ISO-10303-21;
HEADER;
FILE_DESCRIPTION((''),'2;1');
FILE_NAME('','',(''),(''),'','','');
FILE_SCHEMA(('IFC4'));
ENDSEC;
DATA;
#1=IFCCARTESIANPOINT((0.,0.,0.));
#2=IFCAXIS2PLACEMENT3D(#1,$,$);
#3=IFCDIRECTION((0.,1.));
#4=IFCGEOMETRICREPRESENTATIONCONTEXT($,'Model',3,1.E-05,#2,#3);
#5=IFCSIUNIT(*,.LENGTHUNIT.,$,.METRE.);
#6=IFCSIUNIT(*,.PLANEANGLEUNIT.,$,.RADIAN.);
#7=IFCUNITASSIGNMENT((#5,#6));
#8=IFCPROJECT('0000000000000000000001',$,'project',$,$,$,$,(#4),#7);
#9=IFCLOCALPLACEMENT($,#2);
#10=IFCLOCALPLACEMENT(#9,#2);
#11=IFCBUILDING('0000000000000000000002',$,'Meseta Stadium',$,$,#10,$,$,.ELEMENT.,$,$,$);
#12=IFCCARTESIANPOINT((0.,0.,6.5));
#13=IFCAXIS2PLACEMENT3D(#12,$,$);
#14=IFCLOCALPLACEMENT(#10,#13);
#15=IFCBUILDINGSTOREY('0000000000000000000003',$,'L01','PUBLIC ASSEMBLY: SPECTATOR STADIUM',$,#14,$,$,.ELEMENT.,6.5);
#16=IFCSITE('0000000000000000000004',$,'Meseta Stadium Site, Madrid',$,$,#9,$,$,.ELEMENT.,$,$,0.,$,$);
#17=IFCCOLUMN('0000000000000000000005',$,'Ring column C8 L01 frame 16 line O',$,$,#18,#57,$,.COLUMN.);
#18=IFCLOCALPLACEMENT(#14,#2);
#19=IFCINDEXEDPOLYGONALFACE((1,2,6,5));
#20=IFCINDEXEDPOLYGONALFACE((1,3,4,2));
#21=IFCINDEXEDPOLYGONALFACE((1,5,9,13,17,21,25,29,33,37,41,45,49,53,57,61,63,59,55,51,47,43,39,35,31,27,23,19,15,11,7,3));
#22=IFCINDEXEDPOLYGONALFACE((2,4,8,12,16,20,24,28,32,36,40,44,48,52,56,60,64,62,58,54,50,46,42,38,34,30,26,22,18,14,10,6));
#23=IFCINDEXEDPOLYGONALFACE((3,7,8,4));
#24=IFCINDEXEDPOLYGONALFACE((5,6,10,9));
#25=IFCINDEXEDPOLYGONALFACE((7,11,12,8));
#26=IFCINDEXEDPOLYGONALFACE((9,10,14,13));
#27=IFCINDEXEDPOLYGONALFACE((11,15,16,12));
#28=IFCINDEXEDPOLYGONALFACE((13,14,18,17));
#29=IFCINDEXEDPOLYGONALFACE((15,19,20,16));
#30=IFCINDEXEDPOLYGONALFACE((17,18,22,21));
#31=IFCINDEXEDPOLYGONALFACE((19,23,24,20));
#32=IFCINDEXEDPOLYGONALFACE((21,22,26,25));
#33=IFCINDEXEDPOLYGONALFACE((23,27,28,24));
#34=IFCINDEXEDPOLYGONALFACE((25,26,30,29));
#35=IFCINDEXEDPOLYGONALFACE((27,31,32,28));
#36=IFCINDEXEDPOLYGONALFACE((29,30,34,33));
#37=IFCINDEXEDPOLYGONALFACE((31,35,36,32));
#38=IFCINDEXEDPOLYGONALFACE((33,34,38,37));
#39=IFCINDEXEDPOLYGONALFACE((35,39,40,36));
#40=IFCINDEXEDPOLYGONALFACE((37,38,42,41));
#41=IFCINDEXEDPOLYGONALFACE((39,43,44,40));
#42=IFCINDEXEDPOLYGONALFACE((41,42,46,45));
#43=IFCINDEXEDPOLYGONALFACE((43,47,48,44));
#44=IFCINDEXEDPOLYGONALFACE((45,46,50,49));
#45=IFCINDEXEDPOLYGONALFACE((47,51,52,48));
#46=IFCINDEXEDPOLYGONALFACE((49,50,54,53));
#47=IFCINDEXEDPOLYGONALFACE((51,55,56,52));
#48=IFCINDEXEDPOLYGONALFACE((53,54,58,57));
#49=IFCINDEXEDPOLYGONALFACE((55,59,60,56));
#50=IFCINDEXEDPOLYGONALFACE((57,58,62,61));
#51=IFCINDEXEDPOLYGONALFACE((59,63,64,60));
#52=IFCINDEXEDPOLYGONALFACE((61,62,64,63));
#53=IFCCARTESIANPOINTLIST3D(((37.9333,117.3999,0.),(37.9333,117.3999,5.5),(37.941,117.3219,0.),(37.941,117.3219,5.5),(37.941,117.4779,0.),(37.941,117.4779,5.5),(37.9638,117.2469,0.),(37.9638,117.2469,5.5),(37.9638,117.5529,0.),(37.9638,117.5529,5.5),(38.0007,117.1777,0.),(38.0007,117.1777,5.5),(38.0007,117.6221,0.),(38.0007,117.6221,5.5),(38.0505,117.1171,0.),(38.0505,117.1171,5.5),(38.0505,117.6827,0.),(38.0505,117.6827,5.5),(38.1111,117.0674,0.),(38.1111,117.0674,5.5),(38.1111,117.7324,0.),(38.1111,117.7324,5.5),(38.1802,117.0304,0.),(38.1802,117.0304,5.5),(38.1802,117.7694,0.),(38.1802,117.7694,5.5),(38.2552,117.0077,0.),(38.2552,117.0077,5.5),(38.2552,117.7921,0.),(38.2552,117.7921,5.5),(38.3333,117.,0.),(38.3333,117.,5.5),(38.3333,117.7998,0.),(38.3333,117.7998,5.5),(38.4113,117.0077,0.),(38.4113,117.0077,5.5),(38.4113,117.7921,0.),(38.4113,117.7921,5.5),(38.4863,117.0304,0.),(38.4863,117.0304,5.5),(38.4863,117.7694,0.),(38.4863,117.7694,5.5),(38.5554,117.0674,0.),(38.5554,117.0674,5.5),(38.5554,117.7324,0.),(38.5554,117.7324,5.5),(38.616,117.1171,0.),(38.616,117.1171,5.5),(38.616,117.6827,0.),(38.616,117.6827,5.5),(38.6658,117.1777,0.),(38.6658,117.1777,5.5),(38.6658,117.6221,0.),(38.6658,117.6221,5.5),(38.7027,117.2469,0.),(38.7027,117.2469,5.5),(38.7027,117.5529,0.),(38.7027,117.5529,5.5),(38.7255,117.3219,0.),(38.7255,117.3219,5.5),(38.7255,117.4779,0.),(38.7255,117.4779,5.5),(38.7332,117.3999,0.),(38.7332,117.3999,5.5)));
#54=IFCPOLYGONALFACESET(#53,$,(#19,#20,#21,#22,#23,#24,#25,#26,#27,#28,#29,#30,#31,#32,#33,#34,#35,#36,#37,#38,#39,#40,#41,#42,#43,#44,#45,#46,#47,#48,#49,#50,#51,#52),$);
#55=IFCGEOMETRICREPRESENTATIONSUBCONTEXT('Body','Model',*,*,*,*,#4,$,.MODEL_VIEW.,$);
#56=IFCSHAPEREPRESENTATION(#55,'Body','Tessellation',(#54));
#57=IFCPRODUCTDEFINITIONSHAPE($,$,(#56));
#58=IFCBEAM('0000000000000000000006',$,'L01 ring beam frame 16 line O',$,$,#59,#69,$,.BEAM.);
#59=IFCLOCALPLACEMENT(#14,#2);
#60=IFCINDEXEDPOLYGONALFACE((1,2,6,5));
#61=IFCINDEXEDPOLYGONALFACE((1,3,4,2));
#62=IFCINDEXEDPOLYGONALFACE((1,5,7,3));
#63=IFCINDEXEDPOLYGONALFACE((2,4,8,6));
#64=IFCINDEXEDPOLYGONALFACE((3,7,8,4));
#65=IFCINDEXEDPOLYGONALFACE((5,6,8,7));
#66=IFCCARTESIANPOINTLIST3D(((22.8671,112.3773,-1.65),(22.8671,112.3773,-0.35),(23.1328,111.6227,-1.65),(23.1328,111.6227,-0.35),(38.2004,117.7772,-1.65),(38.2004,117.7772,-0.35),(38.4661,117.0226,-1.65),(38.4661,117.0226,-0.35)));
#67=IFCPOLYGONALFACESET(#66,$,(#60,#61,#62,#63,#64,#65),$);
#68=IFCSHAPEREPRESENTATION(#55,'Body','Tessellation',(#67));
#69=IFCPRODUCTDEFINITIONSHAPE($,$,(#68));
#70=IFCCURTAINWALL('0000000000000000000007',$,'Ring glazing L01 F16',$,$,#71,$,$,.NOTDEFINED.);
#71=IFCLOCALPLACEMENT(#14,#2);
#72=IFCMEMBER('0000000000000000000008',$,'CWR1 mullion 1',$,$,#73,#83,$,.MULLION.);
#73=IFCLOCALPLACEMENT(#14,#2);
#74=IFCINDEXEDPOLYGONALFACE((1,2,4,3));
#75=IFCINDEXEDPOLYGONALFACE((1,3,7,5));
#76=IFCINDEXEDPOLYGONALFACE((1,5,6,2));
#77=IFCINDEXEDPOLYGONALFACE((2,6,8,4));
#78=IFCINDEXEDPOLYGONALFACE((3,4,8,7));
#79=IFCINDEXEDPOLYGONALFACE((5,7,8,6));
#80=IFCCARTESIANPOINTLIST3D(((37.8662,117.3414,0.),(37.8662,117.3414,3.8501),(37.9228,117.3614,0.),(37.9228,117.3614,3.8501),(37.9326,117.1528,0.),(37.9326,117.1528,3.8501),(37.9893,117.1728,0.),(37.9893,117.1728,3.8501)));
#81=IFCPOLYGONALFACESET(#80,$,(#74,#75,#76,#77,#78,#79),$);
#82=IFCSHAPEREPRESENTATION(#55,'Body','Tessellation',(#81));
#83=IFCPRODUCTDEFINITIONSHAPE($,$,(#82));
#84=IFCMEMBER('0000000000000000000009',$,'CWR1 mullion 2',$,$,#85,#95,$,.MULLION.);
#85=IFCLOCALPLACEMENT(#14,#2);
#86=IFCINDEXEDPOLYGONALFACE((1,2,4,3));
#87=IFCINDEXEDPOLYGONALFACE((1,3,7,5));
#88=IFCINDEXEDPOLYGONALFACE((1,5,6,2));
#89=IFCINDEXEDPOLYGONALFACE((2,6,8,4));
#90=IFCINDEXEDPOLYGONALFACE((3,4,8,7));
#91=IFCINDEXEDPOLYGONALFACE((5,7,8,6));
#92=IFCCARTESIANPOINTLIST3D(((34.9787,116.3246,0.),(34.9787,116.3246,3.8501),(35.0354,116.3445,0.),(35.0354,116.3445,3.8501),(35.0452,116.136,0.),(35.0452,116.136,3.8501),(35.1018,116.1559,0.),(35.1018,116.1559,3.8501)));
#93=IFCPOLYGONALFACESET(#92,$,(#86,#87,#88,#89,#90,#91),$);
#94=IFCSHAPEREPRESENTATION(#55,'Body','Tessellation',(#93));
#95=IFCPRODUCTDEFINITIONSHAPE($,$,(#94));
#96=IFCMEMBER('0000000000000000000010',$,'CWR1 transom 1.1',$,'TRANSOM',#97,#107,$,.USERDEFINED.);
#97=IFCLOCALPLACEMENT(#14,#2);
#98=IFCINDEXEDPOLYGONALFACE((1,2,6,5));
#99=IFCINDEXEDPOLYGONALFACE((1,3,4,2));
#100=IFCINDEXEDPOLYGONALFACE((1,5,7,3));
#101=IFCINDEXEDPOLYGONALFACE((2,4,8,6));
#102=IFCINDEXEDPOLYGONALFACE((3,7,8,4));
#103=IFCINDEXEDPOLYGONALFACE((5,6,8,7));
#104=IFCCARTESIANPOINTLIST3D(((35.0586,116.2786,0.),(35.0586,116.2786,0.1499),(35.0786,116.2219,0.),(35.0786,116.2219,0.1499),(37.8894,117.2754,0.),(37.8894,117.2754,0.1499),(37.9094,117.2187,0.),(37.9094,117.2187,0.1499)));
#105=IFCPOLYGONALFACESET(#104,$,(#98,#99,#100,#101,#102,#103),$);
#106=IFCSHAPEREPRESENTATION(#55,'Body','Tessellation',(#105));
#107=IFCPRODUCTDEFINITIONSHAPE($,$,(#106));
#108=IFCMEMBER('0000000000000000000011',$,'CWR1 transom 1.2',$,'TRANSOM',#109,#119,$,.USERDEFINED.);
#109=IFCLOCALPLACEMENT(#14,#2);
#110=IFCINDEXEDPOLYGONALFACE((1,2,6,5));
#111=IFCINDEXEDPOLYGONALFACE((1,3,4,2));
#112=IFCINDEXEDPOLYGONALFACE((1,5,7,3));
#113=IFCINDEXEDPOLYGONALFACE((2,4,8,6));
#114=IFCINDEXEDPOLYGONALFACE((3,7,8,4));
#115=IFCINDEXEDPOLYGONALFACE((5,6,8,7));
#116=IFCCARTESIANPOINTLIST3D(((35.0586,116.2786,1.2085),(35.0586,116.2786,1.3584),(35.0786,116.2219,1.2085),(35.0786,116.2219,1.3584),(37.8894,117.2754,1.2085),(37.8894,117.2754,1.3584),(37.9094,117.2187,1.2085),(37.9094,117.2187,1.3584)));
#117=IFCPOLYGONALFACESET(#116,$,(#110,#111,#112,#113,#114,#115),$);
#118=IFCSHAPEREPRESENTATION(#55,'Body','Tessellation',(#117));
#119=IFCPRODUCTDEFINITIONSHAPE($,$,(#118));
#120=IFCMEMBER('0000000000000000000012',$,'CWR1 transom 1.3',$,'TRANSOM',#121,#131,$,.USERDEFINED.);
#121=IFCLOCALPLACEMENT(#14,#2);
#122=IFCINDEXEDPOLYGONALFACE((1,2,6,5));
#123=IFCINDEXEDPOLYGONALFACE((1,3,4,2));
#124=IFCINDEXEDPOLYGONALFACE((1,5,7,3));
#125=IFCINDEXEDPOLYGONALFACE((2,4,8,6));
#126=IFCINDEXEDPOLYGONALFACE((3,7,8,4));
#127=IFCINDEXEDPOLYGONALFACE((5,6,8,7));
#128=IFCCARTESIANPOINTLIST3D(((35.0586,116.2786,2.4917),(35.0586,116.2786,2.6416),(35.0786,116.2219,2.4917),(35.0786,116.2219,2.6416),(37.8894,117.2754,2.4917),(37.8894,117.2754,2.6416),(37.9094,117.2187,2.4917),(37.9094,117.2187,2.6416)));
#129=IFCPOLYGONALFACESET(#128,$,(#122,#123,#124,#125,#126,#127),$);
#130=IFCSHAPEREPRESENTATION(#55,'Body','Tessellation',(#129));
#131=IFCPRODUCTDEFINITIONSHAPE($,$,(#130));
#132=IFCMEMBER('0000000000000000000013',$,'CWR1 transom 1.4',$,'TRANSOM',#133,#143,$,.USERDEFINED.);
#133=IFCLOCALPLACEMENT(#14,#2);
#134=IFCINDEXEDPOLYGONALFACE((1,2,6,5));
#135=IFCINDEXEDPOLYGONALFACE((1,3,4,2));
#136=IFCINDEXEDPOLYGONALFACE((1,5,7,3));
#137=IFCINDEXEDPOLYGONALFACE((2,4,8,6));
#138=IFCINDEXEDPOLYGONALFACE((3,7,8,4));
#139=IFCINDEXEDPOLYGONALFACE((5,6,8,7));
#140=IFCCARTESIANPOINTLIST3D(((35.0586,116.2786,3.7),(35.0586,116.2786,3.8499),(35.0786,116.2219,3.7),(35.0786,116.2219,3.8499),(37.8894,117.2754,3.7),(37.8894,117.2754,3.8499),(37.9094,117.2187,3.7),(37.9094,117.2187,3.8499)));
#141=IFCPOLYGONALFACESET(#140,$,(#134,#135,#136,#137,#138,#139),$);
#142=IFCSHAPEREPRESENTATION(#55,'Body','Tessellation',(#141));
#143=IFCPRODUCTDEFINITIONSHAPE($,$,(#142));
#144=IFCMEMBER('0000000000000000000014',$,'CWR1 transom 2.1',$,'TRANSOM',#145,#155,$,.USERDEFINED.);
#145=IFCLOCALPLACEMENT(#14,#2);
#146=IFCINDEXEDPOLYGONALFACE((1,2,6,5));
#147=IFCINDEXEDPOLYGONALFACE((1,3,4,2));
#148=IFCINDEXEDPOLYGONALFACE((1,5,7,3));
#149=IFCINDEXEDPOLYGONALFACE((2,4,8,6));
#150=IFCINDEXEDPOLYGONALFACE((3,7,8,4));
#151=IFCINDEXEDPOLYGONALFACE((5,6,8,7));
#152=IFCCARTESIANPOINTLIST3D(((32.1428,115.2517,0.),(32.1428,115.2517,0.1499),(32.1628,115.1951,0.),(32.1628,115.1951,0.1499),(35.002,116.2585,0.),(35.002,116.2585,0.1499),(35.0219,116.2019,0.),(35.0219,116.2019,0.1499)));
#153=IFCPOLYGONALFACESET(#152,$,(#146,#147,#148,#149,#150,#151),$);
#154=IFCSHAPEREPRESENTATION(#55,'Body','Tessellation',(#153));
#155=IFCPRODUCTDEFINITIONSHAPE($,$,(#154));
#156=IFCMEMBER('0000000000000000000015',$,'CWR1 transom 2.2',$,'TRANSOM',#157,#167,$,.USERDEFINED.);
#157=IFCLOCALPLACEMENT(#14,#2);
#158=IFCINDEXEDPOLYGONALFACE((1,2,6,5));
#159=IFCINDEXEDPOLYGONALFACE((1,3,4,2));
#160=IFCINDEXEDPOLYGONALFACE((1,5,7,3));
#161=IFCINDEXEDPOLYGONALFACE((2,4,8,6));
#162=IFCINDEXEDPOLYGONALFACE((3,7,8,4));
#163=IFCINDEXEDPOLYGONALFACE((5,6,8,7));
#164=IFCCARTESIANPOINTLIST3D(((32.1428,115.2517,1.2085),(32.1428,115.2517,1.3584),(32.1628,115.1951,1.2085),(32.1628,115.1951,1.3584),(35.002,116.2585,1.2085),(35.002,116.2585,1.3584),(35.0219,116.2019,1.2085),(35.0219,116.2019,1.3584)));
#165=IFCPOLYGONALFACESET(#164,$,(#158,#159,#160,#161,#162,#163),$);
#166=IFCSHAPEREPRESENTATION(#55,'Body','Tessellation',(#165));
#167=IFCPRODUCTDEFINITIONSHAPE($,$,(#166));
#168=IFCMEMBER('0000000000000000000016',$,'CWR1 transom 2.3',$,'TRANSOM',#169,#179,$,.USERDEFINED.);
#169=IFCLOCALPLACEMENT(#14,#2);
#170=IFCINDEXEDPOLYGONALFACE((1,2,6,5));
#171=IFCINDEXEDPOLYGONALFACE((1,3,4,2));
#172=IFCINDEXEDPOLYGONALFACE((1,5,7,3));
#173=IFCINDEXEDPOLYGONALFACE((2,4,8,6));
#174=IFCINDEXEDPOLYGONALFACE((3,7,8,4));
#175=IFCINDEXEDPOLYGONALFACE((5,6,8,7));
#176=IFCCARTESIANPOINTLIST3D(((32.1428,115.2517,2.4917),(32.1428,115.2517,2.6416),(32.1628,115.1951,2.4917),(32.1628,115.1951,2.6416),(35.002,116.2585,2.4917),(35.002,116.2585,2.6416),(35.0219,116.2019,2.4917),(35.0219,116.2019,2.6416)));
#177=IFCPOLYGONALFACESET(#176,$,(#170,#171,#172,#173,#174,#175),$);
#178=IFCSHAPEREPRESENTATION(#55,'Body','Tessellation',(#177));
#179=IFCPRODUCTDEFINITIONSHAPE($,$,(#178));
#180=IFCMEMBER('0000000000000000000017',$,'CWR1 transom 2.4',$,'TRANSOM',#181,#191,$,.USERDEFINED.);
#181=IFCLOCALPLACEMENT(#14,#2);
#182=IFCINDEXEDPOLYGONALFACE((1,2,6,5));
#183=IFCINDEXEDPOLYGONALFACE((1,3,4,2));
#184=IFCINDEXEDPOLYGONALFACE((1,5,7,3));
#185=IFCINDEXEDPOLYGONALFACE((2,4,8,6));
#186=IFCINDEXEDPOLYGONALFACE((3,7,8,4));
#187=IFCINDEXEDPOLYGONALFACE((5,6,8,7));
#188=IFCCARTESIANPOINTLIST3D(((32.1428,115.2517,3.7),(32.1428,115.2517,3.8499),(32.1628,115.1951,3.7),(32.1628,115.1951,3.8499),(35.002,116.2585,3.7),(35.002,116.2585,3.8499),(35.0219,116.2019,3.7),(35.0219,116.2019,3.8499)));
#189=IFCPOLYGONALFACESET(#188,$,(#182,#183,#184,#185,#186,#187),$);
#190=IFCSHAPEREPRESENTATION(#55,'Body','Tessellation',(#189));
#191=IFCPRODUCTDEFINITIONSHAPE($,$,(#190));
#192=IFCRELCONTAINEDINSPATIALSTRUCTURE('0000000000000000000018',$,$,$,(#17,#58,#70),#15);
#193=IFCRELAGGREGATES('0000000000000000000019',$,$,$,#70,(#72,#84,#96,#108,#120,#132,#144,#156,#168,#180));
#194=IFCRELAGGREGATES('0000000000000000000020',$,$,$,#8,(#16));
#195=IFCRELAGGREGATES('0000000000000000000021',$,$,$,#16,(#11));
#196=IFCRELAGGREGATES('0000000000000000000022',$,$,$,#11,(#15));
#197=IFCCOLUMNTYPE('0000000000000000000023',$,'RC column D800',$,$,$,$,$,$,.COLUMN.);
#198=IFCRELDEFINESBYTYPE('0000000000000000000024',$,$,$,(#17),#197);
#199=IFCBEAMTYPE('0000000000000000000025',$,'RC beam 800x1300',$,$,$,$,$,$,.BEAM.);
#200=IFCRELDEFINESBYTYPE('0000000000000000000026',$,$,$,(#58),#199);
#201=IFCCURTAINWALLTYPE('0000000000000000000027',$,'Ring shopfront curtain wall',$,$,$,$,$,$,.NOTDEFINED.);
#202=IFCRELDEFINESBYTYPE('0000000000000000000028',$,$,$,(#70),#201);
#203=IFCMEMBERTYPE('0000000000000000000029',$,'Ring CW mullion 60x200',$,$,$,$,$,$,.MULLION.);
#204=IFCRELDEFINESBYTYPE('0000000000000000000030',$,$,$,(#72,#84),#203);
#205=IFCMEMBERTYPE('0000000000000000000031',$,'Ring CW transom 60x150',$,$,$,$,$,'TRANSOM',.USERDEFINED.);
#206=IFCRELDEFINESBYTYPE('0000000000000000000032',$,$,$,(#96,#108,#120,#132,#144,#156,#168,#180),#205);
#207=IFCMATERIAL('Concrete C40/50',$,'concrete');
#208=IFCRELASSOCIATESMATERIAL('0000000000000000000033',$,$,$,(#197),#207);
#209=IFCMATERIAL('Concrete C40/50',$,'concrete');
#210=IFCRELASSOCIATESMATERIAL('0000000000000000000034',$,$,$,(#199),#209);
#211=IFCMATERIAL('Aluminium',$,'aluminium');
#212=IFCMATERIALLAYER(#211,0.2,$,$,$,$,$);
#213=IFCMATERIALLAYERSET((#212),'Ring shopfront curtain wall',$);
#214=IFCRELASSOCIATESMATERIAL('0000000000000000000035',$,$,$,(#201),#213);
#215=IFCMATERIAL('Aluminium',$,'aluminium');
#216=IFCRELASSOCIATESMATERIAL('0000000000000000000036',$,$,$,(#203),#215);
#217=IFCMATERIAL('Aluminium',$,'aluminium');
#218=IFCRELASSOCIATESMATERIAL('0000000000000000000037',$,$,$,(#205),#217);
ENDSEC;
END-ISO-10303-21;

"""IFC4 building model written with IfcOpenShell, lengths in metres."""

from ifc_helpers import new_model, si_unit, direction, frame, origin, origin_2d, place, context, subcontext, project, spatial, rectangle, circle, extrude, material, layer, layer_set, material_profile, profile_set, type_object, element, aggregate, save


model = new_model("IFC4")

# Units and contexts
model_context = context("Model", 3, precision=1e-05, world=origin(), true_north=direction((0.0, 1.0)))
body_context = subcontext(model_context, "Body", "Model", "MODEL_VIEW")
ifc_project = project(units=[si_unit("LENGTHUNIT", "METRE"), si_unit("PLANEANGLEUNIT", "RADIAN")], contexts=[model_context])

# Site, building, storey
site_placement = place(None, origin())
site = spatial("IfcSite", under=ifc_project, at=site_placement, Name="Meseta Stadium Site, Madrid", CompositionType="ELEMENT", RefElevation=0.0)
building_placement = place(site_placement, origin())
building = spatial("IfcBuilding", under=site, at=building_placement, Name="Meseta Stadium", CompositionType="ELEMENT")
storey_placement = place(building_placement, frame((0.0, 0.0, 6.5)))
storey = spatial("IfcBuildingStorey", under=building, at=storey_placement, Name="L01", Description="PUBLIC ASSEMBLY: SPECTATOR STADIUM", CompositionType="ELEMENT", Elevation=6.5)

# Column
ifc_material_1 = material(Name="Concrete C40/50", Category="concrete")
ifc_material_profile_1 = material_profile(ifc_material_1, circle(Radius=0.3999, at=origin_2d()), Name="RC D800")
ifc_profile_set_1 = profile_set([ifc_material_profile_1], Name="Concrete C40/50")
column_type = type_object("IfcColumnType", Name="RC column D800", PredefinedType="COLUMN", material=ifc_profile_set_1)
column_placement = place(storey_placement, frame((38.3333, 117.3999, 0.0), z_axis=(0.0, 0.0, 1.0), x_axis=(1.0, 0.0, 0.0)))
element("IfcColumn", 1, at=column_placement, inside=storey, type_object=column_type, Name="Ring column C8 L01 frame 16 line O", PredefinedType="COLUMN", context=body_context, shape_type="SweptSolid", body=[
    extrude(circle(Radius=0.3999, at=origin_2d()), origin(), (0.0, 0.0, 1.0), 5.5),
])

# Beam
ifc_material_2 = material(Name="Concrete C40/50", Category="concrete")
ifc_material_profile_2 = material_profile(ifc_material_2, rectangle(XDim=0.8, YDim=1.3, at=origin_2d()), Name="RC 800x1300")
ifc_profile_set_2 = profile_set([ifc_material_profile_2], Name="Concrete C40/50")
beam_type = type_object("IfcBeamType", Name="RC beam 800x1300", PredefinedType="BEAM", material=ifc_profile_set_2)
beam_placement = place(storey_placement, frame((38.3333, 117.3999, -1.0), z_axis=(-0.943219, -0.332173, 0.0), x_axis=(0.332173, -0.943219, 0.0)))
element("IfcBeam", 2, at=beam_placement, inside=storey, type_object=beam_type, Name="L01 ring beam frame 16 line O", PredefinedType="BEAM", context=body_context, shape_type="SweptSolid", body=[
    extrude(rectangle(XDim=0.8, YDim=1.3, at=origin_2d()), origin(), (0.0, 0.0, 1.0), 16.2563),
])

# Curtain wall, members
ifc_material_3 = material(Name="Aluminium", Category="aluminium")
ifc_layer_1 = layer(ifc_material_3, 0.2)
ifc_layer_set_1 = layer_set([ifc_layer_1], Name="Ring shopfront curtain wall")
curtain_wall_type = type_object("IfcCurtainWallType", Name="Ring shopfront curtain wall", PredefinedType="NOTDEFINED", material=ifc_layer_set_1)
curtain_wall_placement = place(storey_placement, origin())
curtain_wall = element("IfcCurtainWall", 3, at=curtain_wall_placement, inside=storey, type_object=curtain_wall_type, Name="Ring glazing L01 F16", PredefinedType="NOTDEFINED")
ifc_material_4 = material(Name="Aluminium", Category="aluminium")
ifc_material_profile_3 = material_profile(ifc_material_4, rectangle(XDim=0.2, YDim=0.0601, at=origin_2d()), Name="CW 200x60")
ifc_profile_set_3 = profile_set([ifc_material_profile_3], Name="Aluminium")
member_type_1 = type_object("IfcMemberType", Name="Ring CW mullion 60x200", PredefinedType="MULLION", material=ifc_profile_set_3)
member_1_placement = place(storey_placement, frame((37.9277, 117.2571, 0.0), z_axis=(0.0, 0.0, 1.0), x_axis=(0.332174, -0.943218, 0.0)))
member_1 = element("IfcMember", 4, at=member_1_placement, type_object=member_type_1, Name="CWR1 mullion 1", PredefinedType="MULLION", context=body_context, shape_type="SweptSolid", body=[
    extrude(rectangle(XDim=0.2, YDim=0.0601, at=origin_2d()), origin(), (0.0, 0.0, 1.0), 3.8501),
])
member_2_placement = place(storey_placement, frame((35.0403, 116.2402, 0.0), z_axis=(0.0, 0.0, 1.0), x_axis=(0.332174, -0.943218, 0.0)))
member_2 = element("IfcMember", 5, at=member_2_placement, type_object=member_type_1, Name="CWR1 mullion 2", PredefinedType="MULLION", context=body_context, shape_type="SweptSolid", body=[
    extrude(rectangle(XDim=0.2, YDim=0.0601, at=origin_2d()), origin(), (0.0, 0.0, 1.0), 3.8501),
])
ifc_material_5 = material(Name="Aluminium", Category="aluminium")
ifc_material_profile_4 = material_profile(ifc_material_5, rectangle(XDim=0.0601, YDim=0.1499, at=origin_2d()), Name="CW 60x150")
ifc_profile_set_4 = profile_set([ifc_material_profile_4], Name="Aluminium")
member_type_2 = type_object("IfcMemberType", Name="Ring CW transom 60x150", ElementType="TRANSOM", PredefinedType="USERDEFINED", material=ifc_profile_set_4)
member_3_placement = place(storey_placement, frame((37.8994, 117.2471, 0.075), z_axis=(-0.943229, -0.332143, 0.0), x_axis=(0.332143, -0.943229, 0.0)))
member_3 = element("IfcMember", 6, at=member_3_placement, type_object=member_type_2, Name="CWR1 transom 1.1", ObjectType="TRANSOM", PredefinedType="USERDEFINED", context=body_context, shape_type="SweptSolid", body=[
    extrude(rectangle(XDim=0.0601, YDim=0.1499, at=origin_2d()), origin(), (0.0, 0.0, 1.0), 3.0012),
])
member_4_placement = place(storey_placement, frame((37.8994, 117.2471, 1.2834), z_axis=(-0.943229, -0.332143, 0.0), x_axis=(0.332143, -0.943229, 0.0)))
member_4 = element("IfcMember", 7, at=member_4_placement, type_object=member_type_2, Name="CWR1 transom 1.2", ObjectType="TRANSOM", PredefinedType="USERDEFINED", context=body_context, shape_type="SweptSolid", body=[
    extrude(rectangle(XDim=0.0601, YDim=0.1499, at=origin_2d()), origin(), (0.0, 0.0, 1.0), 3.0012),
])
member_5_placement = place(storey_placement, frame((37.8994, 117.2471, 2.5667), z_axis=(-0.943229, -0.332143, 0.0), x_axis=(0.332143, -0.943229, 0.0)))
member_5 = element("IfcMember", 8, at=member_5_placement, type_object=member_type_2, Name="CWR1 transom 1.3", ObjectType="TRANSOM", PredefinedType="USERDEFINED", context=body_context, shape_type="SweptSolid", body=[
    extrude(rectangle(XDim=0.0601, YDim=0.1499, at=origin_2d()), origin(), (0.0, 0.0, 1.0), 3.0012),
])
member_6_placement = place(storey_placement, frame((37.8994, 117.2471, 3.7749), z_axis=(-0.943229, -0.332143, 0.0), x_axis=(0.332143, -0.943229, 0.0)))
member_6 = element("IfcMember", 9, at=member_6_placement, type_object=member_type_2, Name="CWR1 transom 1.4", ObjectType="TRANSOM", PredefinedType="USERDEFINED", context=body_context, shape_type="SweptSolid", body=[
    extrude(rectangle(XDim=0.0601, YDim=0.1499, at=origin_2d()), origin(), (0.0, 0.0, 1.0), 3.0012),
])
member_7_placement = place(storey_placement, frame((35.012, 116.2302, 0.075), z_axis=(-0.943225, -0.332154, 0.0), x_axis=(0.332154, -0.943225, 0.0)))
member_7 = element("IfcMember", 10, at=member_7_placement, type_object=member_type_2, Name="CWR1 transom 2.1", ObjectType="TRANSOM", PredefinedType="USERDEFINED", context=body_context, shape_type="SweptSolid", body=[
    extrude(rectangle(XDim=0.0601, YDim=0.1499, at=origin_2d()), origin(), (0.0, 0.0, 1.0), 3.0312),
])
member_8_placement = place(storey_placement, frame((35.012, 116.2302, 1.2834), z_axis=(-0.943225, -0.332154, 0.0), x_axis=(0.332154, -0.943225, 0.0)))
member_8 = element("IfcMember", 11, at=member_8_placement, type_object=member_type_2, Name="CWR1 transom 2.2", ObjectType="TRANSOM", PredefinedType="USERDEFINED", context=body_context, shape_type="SweptSolid", body=[
    extrude(rectangle(XDim=0.0601, YDim=0.1499, at=origin_2d()), origin(), (0.0, 0.0, 1.0), 3.0312),
])
member_9_placement = place(storey_placement, frame((35.012, 116.2302, 2.5667), z_axis=(-0.943225, -0.332154, 0.0), x_axis=(0.332154, -0.943225, 0.0)))
member_9 = element("IfcMember", 12, at=member_9_placement, type_object=member_type_2, Name="CWR1 transom 2.3", ObjectType="TRANSOM", PredefinedType="USERDEFINED", context=body_context, shape_type="SweptSolid", body=[
    extrude(rectangle(XDim=0.0601, YDim=0.1499, at=origin_2d()), origin(), (0.0, 0.0, 1.0), 3.0312),
])
member_10_placement = place(storey_placement, frame((35.012, 116.2302, 3.7749), z_axis=(-0.943225, -0.332154, 0.0), x_axis=(0.332154, -0.943225, 0.0)))
member_10 = element("IfcMember", 13, at=member_10_placement, type_object=member_type_2, Name="CWR1 transom 2.4", ObjectType="TRANSOM", PredefinedType="USERDEFINED", context=body_context, shape_type="SweptSolid", body=[
    extrude(rectangle(XDim=0.0601, YDim=0.1499, at=origin_2d()), origin(), (0.0, 0.0, 1.0), 3.0312),
])
aggregate(curtain_wall, [member_1, member_2, member_3, member_4, member_5, member_6, member_7, member_8, member_9, member_10])

save(model, "model.ifc")
